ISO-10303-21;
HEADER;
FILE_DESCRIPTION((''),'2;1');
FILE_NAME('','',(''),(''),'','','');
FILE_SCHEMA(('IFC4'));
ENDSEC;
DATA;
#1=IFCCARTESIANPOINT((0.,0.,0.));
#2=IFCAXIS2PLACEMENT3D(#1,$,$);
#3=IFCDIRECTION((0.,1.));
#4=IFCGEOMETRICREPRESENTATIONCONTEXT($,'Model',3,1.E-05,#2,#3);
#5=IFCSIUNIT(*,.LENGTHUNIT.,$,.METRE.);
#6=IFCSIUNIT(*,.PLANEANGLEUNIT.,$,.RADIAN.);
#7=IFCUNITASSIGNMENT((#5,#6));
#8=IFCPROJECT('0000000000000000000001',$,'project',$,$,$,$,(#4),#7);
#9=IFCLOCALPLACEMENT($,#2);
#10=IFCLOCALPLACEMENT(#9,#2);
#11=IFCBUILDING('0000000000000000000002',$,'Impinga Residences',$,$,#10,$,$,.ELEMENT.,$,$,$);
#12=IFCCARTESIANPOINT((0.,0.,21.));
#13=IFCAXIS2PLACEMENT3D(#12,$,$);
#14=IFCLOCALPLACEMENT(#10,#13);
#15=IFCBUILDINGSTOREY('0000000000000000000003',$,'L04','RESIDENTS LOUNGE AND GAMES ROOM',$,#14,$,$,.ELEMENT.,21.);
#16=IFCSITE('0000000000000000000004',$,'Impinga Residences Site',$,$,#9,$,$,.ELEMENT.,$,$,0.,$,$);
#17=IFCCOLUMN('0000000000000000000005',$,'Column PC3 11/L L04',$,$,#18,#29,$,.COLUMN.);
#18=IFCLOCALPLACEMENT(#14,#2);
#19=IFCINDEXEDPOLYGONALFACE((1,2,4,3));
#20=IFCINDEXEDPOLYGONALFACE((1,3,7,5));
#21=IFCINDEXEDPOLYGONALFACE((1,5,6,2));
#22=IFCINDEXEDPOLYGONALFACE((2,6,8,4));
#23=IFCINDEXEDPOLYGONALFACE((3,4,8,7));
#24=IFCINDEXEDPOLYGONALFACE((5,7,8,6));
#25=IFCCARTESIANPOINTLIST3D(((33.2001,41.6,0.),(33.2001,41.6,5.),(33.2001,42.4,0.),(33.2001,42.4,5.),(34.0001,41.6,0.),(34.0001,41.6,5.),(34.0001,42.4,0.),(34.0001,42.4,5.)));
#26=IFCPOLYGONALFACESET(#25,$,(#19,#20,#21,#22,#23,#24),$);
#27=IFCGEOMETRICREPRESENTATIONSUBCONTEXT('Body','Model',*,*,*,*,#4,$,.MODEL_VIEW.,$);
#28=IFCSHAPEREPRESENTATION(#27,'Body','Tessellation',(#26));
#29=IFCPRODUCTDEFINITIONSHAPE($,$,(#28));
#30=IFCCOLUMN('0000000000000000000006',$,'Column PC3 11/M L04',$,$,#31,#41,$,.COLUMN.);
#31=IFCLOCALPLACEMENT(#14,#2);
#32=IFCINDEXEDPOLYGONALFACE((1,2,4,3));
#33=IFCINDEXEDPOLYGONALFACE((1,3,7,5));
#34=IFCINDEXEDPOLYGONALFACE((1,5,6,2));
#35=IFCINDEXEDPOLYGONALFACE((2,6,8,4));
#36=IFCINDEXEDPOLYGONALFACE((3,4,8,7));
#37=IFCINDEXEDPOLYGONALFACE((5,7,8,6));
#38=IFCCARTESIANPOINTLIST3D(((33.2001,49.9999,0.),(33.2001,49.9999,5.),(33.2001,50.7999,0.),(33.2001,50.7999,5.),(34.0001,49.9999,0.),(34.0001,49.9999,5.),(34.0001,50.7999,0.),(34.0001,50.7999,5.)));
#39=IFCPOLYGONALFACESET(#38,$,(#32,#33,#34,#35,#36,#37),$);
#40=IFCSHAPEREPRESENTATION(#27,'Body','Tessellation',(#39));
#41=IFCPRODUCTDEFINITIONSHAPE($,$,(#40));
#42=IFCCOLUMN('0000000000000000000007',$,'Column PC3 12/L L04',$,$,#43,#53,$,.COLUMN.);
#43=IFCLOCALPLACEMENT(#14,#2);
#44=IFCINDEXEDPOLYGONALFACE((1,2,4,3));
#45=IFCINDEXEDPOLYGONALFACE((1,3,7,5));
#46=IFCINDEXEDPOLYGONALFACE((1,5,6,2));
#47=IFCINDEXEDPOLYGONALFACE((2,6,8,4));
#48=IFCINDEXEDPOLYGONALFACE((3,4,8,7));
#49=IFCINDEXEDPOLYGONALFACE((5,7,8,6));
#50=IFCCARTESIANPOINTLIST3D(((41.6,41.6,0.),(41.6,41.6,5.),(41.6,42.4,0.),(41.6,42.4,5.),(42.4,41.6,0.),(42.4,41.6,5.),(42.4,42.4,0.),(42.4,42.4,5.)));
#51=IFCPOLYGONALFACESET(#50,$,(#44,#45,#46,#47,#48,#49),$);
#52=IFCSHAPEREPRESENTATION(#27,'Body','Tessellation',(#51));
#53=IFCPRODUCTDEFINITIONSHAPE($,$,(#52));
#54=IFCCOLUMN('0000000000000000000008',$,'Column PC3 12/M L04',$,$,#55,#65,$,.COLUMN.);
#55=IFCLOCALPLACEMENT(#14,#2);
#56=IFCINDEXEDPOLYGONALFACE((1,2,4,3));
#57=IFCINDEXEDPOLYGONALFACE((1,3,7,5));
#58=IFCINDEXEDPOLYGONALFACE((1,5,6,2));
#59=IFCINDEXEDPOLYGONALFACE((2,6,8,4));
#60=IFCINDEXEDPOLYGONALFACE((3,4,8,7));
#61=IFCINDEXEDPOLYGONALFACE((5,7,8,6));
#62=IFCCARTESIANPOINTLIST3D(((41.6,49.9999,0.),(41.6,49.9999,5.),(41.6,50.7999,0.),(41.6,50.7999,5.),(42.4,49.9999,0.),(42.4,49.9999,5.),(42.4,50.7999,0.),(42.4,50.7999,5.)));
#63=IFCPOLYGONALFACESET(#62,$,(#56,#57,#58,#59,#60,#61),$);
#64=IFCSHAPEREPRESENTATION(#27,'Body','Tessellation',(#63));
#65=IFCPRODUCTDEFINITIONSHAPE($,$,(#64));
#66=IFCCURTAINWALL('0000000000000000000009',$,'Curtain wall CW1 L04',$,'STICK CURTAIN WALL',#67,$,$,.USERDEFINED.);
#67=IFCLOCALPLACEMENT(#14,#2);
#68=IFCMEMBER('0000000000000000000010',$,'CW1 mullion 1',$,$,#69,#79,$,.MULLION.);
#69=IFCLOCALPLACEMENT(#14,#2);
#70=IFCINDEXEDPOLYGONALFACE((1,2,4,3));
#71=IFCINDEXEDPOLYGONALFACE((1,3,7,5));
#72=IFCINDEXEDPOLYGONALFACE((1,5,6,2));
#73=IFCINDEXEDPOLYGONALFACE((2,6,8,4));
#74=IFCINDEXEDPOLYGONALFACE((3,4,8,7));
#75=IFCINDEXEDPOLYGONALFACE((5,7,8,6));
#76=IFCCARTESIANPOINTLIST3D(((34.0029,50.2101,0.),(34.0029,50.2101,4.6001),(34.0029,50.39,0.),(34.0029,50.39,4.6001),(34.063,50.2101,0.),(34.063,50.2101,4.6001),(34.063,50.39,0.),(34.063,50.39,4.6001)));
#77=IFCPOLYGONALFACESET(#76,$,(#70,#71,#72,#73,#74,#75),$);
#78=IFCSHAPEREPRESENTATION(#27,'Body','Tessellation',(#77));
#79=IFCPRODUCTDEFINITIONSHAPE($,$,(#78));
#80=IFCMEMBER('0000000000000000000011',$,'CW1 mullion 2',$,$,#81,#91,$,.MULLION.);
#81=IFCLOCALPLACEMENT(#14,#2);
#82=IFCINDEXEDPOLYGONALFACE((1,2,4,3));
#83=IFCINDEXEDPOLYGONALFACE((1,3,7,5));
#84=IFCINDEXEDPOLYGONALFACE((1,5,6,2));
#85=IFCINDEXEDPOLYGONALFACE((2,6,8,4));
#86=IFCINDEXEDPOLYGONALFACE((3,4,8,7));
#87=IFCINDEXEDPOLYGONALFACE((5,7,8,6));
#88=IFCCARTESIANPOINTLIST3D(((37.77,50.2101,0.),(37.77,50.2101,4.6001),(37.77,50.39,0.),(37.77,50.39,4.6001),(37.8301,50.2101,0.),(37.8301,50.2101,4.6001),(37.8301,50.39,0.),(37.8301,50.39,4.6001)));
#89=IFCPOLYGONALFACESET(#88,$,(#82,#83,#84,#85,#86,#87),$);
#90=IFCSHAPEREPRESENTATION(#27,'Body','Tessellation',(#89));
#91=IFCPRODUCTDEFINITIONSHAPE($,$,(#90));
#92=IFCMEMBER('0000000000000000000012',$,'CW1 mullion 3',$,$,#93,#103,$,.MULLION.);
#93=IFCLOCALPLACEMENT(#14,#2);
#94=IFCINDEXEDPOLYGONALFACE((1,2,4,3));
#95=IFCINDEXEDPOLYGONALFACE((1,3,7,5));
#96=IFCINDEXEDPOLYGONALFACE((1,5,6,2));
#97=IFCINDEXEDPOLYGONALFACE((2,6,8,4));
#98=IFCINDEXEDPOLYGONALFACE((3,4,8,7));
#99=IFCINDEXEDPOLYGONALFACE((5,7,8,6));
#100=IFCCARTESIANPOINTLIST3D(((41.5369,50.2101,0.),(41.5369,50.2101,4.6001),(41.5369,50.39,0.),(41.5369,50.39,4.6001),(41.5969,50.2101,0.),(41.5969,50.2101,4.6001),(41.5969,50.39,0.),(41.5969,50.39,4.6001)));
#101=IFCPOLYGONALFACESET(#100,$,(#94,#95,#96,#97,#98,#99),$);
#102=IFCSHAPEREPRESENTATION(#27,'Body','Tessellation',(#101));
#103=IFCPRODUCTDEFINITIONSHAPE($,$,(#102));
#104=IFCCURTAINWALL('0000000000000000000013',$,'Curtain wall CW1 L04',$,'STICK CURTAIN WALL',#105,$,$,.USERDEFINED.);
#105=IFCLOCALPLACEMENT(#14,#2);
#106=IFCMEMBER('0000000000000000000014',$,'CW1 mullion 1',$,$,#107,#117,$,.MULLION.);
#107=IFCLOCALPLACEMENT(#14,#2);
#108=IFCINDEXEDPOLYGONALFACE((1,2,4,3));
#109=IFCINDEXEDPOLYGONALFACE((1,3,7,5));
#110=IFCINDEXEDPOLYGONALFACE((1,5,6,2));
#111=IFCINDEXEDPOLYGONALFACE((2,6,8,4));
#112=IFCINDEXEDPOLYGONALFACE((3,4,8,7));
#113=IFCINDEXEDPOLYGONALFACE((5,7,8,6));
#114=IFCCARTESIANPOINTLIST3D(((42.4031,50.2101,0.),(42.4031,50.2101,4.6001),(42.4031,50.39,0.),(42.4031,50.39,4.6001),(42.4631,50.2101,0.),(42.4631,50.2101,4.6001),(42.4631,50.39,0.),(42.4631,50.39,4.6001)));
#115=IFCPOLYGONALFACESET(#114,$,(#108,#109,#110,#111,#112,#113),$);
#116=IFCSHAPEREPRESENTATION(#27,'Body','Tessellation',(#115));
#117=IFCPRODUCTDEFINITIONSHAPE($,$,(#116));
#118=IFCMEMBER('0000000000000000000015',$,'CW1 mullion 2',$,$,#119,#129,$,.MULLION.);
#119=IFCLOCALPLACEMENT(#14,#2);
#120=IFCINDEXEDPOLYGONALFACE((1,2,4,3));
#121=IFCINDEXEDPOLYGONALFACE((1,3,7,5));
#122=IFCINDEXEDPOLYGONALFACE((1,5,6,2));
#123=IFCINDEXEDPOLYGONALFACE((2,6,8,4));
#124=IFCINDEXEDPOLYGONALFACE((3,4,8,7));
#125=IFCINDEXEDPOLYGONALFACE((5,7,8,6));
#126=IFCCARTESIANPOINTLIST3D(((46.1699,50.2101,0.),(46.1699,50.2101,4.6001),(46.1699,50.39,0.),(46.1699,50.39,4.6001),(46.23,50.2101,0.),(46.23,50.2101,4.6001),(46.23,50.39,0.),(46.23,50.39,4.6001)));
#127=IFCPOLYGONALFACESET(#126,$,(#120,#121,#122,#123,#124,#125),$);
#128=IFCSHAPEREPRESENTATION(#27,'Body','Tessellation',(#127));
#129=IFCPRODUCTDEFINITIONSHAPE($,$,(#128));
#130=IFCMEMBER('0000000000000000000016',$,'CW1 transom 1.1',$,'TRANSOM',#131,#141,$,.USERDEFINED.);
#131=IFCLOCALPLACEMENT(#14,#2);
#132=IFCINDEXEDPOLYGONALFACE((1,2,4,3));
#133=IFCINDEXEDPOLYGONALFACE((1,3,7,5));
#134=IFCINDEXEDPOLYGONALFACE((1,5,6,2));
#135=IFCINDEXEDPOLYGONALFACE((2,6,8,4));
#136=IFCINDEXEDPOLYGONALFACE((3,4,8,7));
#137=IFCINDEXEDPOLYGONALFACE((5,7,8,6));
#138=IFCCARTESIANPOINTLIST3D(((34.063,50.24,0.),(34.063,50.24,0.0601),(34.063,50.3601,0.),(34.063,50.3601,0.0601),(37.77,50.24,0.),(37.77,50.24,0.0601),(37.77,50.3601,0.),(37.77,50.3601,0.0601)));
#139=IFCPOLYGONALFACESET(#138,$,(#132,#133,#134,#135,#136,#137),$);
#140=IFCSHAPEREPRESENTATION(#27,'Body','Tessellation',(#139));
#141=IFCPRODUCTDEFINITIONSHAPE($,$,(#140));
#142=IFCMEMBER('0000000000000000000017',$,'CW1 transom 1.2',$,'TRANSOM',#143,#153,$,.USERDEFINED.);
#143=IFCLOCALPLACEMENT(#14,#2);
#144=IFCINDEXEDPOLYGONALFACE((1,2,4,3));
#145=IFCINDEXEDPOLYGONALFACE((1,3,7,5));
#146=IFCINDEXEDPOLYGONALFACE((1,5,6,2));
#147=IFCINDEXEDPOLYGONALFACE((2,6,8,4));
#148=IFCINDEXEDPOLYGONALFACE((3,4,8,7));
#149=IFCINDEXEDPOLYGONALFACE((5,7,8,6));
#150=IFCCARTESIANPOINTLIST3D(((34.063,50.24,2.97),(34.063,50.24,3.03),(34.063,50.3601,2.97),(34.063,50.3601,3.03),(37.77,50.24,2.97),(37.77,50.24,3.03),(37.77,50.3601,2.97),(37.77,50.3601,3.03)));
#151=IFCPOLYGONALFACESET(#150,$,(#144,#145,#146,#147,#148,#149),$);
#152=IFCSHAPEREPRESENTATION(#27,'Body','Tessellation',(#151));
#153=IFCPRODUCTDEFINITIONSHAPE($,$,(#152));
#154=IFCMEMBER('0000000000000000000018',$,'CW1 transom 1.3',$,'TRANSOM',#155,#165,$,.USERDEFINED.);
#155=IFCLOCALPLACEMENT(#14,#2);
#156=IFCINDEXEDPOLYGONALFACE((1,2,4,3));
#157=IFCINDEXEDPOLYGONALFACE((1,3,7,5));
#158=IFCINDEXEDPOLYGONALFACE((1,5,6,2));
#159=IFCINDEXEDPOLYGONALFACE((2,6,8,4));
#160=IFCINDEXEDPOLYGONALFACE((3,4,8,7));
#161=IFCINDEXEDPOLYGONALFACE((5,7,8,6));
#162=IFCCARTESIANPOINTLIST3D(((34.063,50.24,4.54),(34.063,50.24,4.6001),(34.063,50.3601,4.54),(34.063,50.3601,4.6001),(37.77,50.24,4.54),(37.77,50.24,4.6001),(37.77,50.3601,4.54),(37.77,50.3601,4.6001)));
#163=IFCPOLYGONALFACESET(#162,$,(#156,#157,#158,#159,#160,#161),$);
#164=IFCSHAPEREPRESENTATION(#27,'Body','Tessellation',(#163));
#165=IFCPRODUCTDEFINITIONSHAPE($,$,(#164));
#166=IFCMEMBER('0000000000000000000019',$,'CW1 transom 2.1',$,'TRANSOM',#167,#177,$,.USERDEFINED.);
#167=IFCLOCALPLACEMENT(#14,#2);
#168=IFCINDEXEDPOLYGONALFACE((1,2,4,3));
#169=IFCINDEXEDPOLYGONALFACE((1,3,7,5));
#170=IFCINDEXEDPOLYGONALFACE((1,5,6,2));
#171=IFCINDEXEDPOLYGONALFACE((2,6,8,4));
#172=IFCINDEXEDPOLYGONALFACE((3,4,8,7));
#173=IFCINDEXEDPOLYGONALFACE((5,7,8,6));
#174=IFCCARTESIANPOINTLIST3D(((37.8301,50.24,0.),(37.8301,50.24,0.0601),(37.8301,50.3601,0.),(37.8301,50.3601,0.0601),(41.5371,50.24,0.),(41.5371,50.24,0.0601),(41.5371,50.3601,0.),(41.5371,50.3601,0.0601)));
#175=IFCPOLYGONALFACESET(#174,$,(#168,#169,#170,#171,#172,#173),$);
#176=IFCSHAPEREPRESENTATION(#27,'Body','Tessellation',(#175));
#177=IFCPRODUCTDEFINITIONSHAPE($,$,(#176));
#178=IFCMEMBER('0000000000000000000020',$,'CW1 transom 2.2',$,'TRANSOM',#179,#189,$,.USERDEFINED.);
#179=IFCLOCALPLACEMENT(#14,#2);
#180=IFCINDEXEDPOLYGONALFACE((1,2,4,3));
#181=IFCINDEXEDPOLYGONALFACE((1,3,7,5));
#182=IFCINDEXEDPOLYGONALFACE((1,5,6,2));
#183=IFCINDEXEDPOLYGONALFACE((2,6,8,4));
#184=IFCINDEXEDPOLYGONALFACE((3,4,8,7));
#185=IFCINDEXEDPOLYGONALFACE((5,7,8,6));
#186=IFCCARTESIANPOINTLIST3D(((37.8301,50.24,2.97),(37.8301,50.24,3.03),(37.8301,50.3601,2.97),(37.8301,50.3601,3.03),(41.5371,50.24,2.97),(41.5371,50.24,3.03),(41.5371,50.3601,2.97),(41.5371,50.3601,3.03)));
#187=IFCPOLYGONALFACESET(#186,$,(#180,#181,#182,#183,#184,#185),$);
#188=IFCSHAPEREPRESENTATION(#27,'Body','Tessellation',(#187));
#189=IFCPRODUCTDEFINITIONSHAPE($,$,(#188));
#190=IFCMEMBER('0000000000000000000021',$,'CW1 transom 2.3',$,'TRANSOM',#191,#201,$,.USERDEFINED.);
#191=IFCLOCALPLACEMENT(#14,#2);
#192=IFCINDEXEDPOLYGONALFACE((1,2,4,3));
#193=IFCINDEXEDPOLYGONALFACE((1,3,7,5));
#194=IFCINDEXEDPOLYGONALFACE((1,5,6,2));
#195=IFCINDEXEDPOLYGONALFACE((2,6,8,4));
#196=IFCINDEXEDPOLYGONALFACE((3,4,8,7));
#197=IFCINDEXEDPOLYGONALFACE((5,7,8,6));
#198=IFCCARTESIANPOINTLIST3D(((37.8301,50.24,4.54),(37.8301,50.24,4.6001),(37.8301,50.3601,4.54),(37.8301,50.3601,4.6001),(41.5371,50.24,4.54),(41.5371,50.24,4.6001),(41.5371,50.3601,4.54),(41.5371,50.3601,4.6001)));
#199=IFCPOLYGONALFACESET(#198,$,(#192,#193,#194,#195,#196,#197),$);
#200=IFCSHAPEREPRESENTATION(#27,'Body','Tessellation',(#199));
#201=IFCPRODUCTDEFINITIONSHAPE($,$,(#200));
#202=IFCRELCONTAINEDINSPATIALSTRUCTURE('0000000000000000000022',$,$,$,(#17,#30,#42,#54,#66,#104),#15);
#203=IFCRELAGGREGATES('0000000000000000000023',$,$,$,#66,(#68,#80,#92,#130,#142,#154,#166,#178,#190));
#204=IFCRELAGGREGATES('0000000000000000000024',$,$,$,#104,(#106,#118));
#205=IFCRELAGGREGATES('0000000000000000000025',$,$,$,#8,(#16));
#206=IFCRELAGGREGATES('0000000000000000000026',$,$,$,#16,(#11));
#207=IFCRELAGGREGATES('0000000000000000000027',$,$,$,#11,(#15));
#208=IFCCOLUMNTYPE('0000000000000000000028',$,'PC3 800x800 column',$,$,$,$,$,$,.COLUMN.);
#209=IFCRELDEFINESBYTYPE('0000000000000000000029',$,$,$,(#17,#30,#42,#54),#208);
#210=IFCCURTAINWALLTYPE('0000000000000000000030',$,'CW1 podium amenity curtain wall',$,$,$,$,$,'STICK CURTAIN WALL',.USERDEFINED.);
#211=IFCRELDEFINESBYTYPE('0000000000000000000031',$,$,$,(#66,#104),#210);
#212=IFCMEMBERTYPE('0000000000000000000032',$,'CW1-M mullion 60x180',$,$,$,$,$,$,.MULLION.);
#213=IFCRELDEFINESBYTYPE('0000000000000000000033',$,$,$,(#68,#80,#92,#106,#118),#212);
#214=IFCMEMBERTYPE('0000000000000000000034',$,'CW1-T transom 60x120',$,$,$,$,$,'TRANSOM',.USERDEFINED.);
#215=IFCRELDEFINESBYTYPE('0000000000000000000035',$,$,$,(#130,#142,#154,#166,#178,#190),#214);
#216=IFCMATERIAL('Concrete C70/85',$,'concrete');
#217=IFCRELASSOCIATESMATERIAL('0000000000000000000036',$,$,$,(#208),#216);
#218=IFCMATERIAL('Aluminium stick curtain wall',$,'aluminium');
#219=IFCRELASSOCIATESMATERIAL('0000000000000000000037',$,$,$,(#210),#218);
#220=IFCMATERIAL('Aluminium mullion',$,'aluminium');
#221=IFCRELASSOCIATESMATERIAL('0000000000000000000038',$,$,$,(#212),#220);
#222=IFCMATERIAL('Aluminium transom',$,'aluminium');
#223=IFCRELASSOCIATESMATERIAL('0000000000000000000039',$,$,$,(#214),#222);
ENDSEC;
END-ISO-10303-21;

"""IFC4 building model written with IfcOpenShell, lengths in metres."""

from ifc_helpers import new_model, si_unit, direction, frame, origin, origin_2d, place, context, subcontext, project, spatial, rectangle, extrude, material, material_profile, profile_set, type_object, element, aggregate, save


model = new_model("IFC4")

# Units and contexts
model_context = context("Model", 3, precision=1e-05, world=origin(), true_north=direction((0.0, 1.0)))
body_context = subcontext(model_context, "Body", "Model", "MODEL_VIEW")
ifc_project = project(units=[si_unit("LENGTHUNIT", "METRE"), si_unit("PLANEANGLEUNIT", "RADIAN")], contexts=[model_context])

# Site, building, storey
site_placement = place(None, origin())
site = spatial("IfcSite", under=ifc_project, at=site_placement, Name="Impinga Residences Site", CompositionType="ELEMENT", RefElevation=0.0)
building_placement = place(site_placement, origin())
building = spatial("IfcBuilding", under=site, at=building_placement, Name="Impinga Residences", CompositionType="ELEMENT")
storey_placement = place(building_placement, frame((0.0, 0.0, 21.0)))
storey = spatial("IfcBuildingStorey", under=building, at=storey_placement, Name="L04", Description="RESIDENTS LOUNGE AND GAMES ROOM", CompositionType="ELEMENT", Elevation=21.0)

# Columns
ifc_material_1 = material(Name="Concrete C70/85", Category="concrete")
ifc_material_profile_1 = material_profile(ifc_material_1, rectangle(XDim=0.8, YDim=0.8, at=origin_2d()), Name="RC 800x800")
ifc_profile_set_1 = profile_set([ifc_material_profile_1], Name="Concrete C70/85")
column_type = type_object("IfcColumnType", Name="PC3 800x800 column", PredefinedType="COLUMN", material=ifc_profile_set_1)
for number, where, z_axis, x_axis, name in (
    (1, (33.6001, 42.0, 0.0), (0.0, 0.0, 1.0), (1.0, 0.0, 0.0), "Column PC3 11/L L04"),
    (2, (33.6001, 50.3999, 0.0), (0.0, 0.0, 1.0), (1.0, 0.0, 0.0), "Column PC3 11/M L04"),
    (3, (42.0, 42.0, 0.0), (0.0, 0.0, 1.0), (1.0, 0.0, 0.0), "Column PC3 12/L L04"),
    (4, (42.0, 50.3999, 0.0), (0.0, 0.0, 1.0), (1.0, 0.0, 0.0), "Column PC3 12/M L04"),
):
    element("IfcColumn", number, at=place(storey_placement, frame(where, z_axis=z_axis, x_axis=x_axis)), inside=storey, type_object=column_type, Name=name, PredefinedType="COLUMN", context=body_context, shape_type="SweptSolid", body=[
        extrude(rectangle(XDim=0.8, YDim=0.8, at=origin_2d()), origin(), (0.0, 0.0, 1.0), 5.0),
    ])

# Curtain walls, members
ifc_material_2 = material(Name="Aluminium stick curtain wall", Category="aluminium")
curtain_wall_type = type_object("IfcCurtainWallType", Name="CW1 podium amenity curtain wall", ElementType="STICK CURTAIN WALL", PredefinedType="USERDEFINED", material=ifc_material_2)
curtain_wall_1_placement = place(storey_placement, origin())
curtain_wall_1 = element("IfcCurtainWall", 5, at=curtain_wall_1_placement, inside=storey, type_object=curtain_wall_type, Name="Curtain wall CW1 L04", ObjectType="STICK CURTAIN WALL", PredefinedType="USERDEFINED")
ifc_material_3 = material(Name="Aluminium mullion", Category="aluminium")
ifc_material_profile_2 = material_profile(ifc_material_3, rectangle(XDim=0.0601, YDim=0.1799, at=origin_2d()), Name="60x180 mullion")
ifc_profile_set_2 = profile_set([ifc_material_profile_2], Name="Aluminium mullion")
member_type_1 = type_object("IfcMemberType", Name="CW1-M mullion 60x180", PredefinedType="MULLION", material=ifc_profile_set_2)
member_1_placement = place(storey_placement, frame((34.033, 50.3, 0.0), z_axis=(0.0, 0.0, 1.0), x_axis=(1.0, 0.0, 0.0)))
member_1 = element("IfcMember", 6, at=member_1_placement, type_object=member_type_1, Name="CW1 mullion 1", PredefinedType="MULLION", context=body_context, shape_type="SweptSolid", body=[
    extrude(rectangle(XDim=0.0601, YDim=0.1799, at=origin_2d()), origin(), (0.0, 0.0, 1.0), 4.6001),
])
member_2_placement = place(storey_placement, frame((37.8, 50.3, 0.0), z_axis=(0.0, 0.0, 1.0), x_axis=(1.0, 0.0, 0.0)))
member_2 = element("IfcMember", 7, at=member_2_placement, type_object=member_type_1, Name="CW1 mullion 2", PredefinedType="MULLION", context=body_context, shape_type="SweptSolid", body=[
    extrude(rectangle(XDim=0.0601, YDim=0.1799, at=origin_2d()), origin(), (0.0, 0.0, 1.0), 4.6001),
])
member_3_placement = place(storey_placement, frame((41.5669, 50.3, 0.0), z_axis=(0.0, 0.0, 1.0), x_axis=(1.0, 0.0, 0.0)))
member_3 = element("IfcMember", 8, at=member_3_placement, type_object=member_type_1, Name="CW1 mullion 3", PredefinedType="MULLION", context=body_context, shape_type="SweptSolid", body=[
    extrude(rectangle(XDim=0.0601, YDim=0.1799, at=origin_2d()), origin(), (0.0, 0.0, 1.0), 4.6001),
])
curtain_wall_2_placement = place(storey_placement, origin())
curtain_wall_2 = element("IfcCurtainWall", 9, at=curtain_wall_2_placement, inside=storey, type_object=curtain_wall_type, Name="Curtain wall CW1 L04", ObjectType="STICK CURTAIN WALL", PredefinedType="USERDEFINED")
member_4_placement = place(storey_placement, frame((42.4331, 50.3, 0.0), z_axis=(0.0, 0.0, 1.0), x_axis=(1.0, 0.0, 0.0)))
member_4 = element("IfcMember", 10, at=member_4_placement, type_object=member_type_1, Name="CW1 mullion 1", PredefinedType="MULLION", context=body_context, shape_type="SweptSolid", body=[
    extrude(rectangle(XDim=0.0601, YDim=0.1799, at=origin_2d()), origin(), (0.0, 0.0, 1.0), 4.6001),
])
member_5_placement = place(storey_placement, frame((46.2, 50.3, 0.0), z_axis=(0.0, 0.0, 1.0), x_axis=(1.0, 0.0, 0.0)))
member_5 = element("IfcMember", 11, at=member_5_placement, type_object=member_type_1, Name="CW1 mullion 2", PredefinedType="MULLION", context=body_context, shape_type="SweptSolid", body=[
    extrude(rectangle(XDim=0.0601, YDim=0.1799, at=origin_2d()), origin(), (0.0, 0.0, 1.0), 4.6001),
])

# Members
ifc_material_4 = material(Name="Aluminium transom", Category="aluminium")
ifc_material_profile_3 = material_profile(ifc_material_4, rectangle(XDim=0.0601, YDim=0.1201, at=origin_2d()), Name="60x120 transom")
ifc_profile_set_3 = profile_set([ifc_material_profile_3], Name="Aluminium transom")
member_type_2 = type_object("IfcMemberType", Name="CW1-T transom 60x120", ElementType="TRANSOM", PredefinedType="USERDEFINED", material=ifc_profile_set_3)
member_6_placement = place(storey_placement, frame((34.063, 50.3, 0.03), z_axis=(1.0, 0.0, 0.0), x_axis=(0.0, 0.0, 1.0)))
member_6 = element("IfcMember", 12, at=member_6_placement, type_object=member_type_2, Name="CW1 transom 1.1", ObjectType="TRANSOM", PredefinedType="USERDEFINED", context=body_context, shape_type="SweptSolid", body=[
    extrude(rectangle(XDim=0.0601, YDim=0.1201, at=origin_2d()), origin(), (0.0, 0.0, 1.0), 3.707),
])
member_7_placement = place(storey_placement, frame((34.063, 50.3, 3.0), z_axis=(1.0, 0.0, 0.0), x_axis=(0.0, 0.0, 1.0)))
member_7 = element("IfcMember", 13, at=member_7_placement, type_object=member_type_2, Name="CW1 transom 1.2", ObjectType="TRANSOM", PredefinedType="USERDEFINED", context=body_context, shape_type="SweptSolid", body=[
    extrude(rectangle(XDim=0.0601, YDim=0.1201, at=origin_2d()), origin(), (0.0, 0.0, 1.0), 3.707),
])
member_8_placement = place(storey_placement, frame((34.063, 50.3, 4.5701), z_axis=(1.0, 0.0, 0.0), x_axis=(0.0, 0.0, 1.0)))
member_8 = element("IfcMember", 14, at=member_8_placement, type_object=member_type_2, Name="CW1 transom 1.3", ObjectType="TRANSOM", PredefinedType="USERDEFINED", context=body_context, shape_type="SweptSolid", body=[
    extrude(rectangle(XDim=0.0601, YDim=0.1201, at=origin_2d()), origin(), (0.0, 0.0, 1.0), 3.707),
])
member_9_placement = place(storey_placement, frame((37.8301, 50.3, 0.03), z_axis=(1.0, 0.0, 0.0), x_axis=(0.0, 0.0, 1.0)))
member_9 = element("IfcMember", 15, at=member_9_placement, type_object=member_type_2, Name="CW1 transom 2.1", ObjectType="TRANSOM", PredefinedType="USERDEFINED", context=body_context, shape_type="SweptSolid", body=[
    extrude(rectangle(XDim=0.0601, YDim=0.1201, at=origin_2d()), origin(), (0.0, 0.0, 1.0), 3.707),
])
member_10_placement = place(storey_placement, frame((37.8301, 50.3, 3.0), z_axis=(1.0, 0.0, 0.0), x_axis=(0.0, 0.0, 1.0)))
member_10 = element("IfcMember", 16, at=member_10_placement, type_object=member_type_2, Name="CW1 transom 2.2", ObjectType="TRANSOM", PredefinedType="USERDEFINED", context=body_context, shape_type="SweptSolid", body=[
    extrude(rectangle(XDim=0.0601, YDim=0.1201, at=origin_2d()), origin(), (0.0, 0.0, 1.0), 3.707),
])
member_11_placement = place(storey_placement, frame((37.8301, 50.3, 4.5701), z_axis=(1.0, 0.0, 0.0), x_axis=(0.0, 0.0, 1.0)))
member_11 = element("IfcMember", 17, at=member_11_placement, type_object=member_type_2, Name="CW1 transom 2.3", ObjectType="TRANSOM", PredefinedType="USERDEFINED", context=body_context, shape_type="SweptSolid", body=[
    extrude(rectangle(XDim=0.0601, YDim=0.1201, at=origin_2d()), origin(), (0.0, 0.0, 1.0), 3.707),
])

aggregate(curtain_wall_1, [member_1, member_2, member_3, member_6, member_7, member_8, member_9, member_10, member_11])
aggregate(curtain_wall_2, [member_4, member_5])

save(model, "model.ifc")
